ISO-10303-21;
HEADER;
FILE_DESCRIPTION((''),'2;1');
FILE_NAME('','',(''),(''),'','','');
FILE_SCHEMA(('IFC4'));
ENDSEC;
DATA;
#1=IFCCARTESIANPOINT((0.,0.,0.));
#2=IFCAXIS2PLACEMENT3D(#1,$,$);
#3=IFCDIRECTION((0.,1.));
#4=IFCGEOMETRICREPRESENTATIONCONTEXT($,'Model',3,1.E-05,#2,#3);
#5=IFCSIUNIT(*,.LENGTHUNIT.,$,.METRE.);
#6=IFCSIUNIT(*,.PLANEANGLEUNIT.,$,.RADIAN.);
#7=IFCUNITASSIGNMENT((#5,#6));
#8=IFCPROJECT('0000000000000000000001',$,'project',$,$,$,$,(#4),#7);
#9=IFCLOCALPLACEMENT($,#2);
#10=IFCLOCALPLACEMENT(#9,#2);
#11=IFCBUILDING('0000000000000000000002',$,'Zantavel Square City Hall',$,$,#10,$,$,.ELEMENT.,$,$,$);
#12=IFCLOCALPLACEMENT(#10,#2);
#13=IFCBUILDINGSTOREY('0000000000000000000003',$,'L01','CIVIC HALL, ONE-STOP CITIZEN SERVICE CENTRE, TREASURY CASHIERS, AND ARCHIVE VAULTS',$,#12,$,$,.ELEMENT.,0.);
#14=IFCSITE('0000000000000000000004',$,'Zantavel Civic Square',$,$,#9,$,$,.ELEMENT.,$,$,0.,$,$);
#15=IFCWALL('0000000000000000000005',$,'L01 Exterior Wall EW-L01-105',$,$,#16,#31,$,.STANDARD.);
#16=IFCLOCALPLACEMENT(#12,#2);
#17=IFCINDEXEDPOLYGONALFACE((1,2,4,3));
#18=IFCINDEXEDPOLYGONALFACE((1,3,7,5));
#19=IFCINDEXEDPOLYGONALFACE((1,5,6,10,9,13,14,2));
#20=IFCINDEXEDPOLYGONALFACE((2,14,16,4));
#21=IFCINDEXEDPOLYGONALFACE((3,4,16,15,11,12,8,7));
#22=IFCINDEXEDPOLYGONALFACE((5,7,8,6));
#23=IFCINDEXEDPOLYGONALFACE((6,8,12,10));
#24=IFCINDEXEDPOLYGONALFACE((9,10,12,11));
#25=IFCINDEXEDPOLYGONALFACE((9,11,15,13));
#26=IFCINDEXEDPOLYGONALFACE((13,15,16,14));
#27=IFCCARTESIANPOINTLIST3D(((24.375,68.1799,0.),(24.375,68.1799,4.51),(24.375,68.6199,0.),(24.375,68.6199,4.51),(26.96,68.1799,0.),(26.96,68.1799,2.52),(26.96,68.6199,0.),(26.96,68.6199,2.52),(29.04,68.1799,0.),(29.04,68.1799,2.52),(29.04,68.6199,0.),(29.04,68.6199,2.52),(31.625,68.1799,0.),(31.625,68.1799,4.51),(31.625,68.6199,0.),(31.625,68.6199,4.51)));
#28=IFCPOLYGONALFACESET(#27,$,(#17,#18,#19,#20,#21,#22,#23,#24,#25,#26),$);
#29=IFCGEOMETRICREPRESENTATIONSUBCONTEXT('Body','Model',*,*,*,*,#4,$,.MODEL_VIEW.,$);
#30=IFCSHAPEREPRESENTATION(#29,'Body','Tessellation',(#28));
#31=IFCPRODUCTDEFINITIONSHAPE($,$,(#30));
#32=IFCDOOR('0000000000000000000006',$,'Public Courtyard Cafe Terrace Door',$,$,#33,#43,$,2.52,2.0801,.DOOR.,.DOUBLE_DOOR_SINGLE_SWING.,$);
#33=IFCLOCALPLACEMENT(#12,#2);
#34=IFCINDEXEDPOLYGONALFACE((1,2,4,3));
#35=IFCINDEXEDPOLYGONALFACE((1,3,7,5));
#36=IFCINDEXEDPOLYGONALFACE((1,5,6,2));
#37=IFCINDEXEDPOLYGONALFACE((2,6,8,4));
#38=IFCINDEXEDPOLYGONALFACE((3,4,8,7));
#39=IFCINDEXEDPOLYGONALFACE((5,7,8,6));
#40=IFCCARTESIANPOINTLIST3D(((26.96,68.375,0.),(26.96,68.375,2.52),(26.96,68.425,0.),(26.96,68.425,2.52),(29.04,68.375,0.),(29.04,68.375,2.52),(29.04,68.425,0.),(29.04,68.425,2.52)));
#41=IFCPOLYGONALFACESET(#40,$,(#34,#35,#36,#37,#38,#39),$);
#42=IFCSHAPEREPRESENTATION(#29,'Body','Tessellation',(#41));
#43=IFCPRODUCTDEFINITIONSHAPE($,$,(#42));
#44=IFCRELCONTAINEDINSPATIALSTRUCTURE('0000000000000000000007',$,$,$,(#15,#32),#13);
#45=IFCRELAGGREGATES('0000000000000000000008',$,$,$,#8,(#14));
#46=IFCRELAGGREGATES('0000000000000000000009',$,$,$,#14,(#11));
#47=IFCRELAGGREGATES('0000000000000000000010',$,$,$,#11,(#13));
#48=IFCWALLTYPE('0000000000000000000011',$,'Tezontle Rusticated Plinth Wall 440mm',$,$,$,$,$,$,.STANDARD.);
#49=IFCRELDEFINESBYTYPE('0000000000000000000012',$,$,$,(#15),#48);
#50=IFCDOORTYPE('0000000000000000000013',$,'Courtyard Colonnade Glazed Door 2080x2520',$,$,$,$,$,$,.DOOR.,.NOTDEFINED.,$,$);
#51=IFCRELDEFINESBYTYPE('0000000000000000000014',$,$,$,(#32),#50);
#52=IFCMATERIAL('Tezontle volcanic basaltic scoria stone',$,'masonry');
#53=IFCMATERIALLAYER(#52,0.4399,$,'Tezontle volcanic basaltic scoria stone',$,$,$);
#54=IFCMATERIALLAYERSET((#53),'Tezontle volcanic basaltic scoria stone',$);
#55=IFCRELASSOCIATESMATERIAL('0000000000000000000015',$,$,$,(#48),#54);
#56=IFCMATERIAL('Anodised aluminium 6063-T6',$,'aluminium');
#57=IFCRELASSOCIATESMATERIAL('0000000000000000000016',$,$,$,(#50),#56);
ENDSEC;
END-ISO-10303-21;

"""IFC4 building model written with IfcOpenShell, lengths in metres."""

from ifc_helpers import new_model, si_unit, direction, frame, frame_2d, origin, place, context, subcontext, project, spatial, rectangle, extrude, material, layer, layer_set, type_object, element, fill, save


model = new_model("IFC4")

# Units and contexts
model_context = context("Model", 3, precision=1e-05, world=origin(), true_north=direction((0.0, 1.0)))
body_context = subcontext(model_context, "Body", "Model", "MODEL_VIEW")
ifc_project = project(units=[si_unit("LENGTHUNIT", "METRE"), si_unit("PLANEANGLEUNIT", "RADIAN")], contexts=[model_context])

# Site, building, storey
site_placement = place(None, origin())
site = spatial("IfcSite", under=ifc_project, at=site_placement, Name="Zantavel Civic Square", CompositionType="ELEMENT", RefElevation=0.0)
building_placement = place(site_placement, origin())
building = spatial("IfcBuilding", under=site, at=building_placement, Name="Zantavel Square City Hall", CompositionType="ELEMENT")
storey_placement = place(building_placement, origin())
storey = spatial("IfcBuildingStorey", under=building, at=storey_placement, Name="L01", Description="CIVIC HALL, ONE-STOP CITIZEN SERVICE CENTRE, TREASURY CASHIERS, AND ARCHIVE VAULTS", CompositionType="ELEMENT", Elevation=0.0)

# Shared definitions
ifc_material_1 = material(Name="Anodised aluminium 6063-T6", Category="aluminium")

# Wall, opening, door
ifc_material_2 = material(Name="Tezontle volcanic basaltic scoria stone", Category="masonry")
ifc_layer_1 = layer(ifc_material_2, 0.4399, Name="Tezontle volcanic basaltic scoria stone")
ifc_layer_set_1 = layer_set([ifc_layer_1], Name="Tezontle volcanic basaltic scoria stone")
wall_type = type_object("IfcWallType", Name="Tezontle Rusticated Plinth Wall 440mm", PredefinedType="STANDARD", material=ifc_layer_set_1)
wall_placement = place(storey_placement, frame((31.625, 68.3999, 0.0), z_axis=(0.0, 0.0, 1.0), x_axis=(-1.0, 0.0, 0.0)))
wall = element("IfcWall", 1, at=wall_placement, inside=storey, type_object=wall_type, Name="L01 Exterior Wall EW-L01-105", PredefinedType="STANDARD", context=body_context, shape_type="SweptSolid", body=[
    extrude(rectangle(XDim=7.25, YDim=0.4399, at=frame_2d((3.625, 0.0))), origin(), (0.0, 0.0, 1.0), 4.51),
])
opening_placement = place(wall_placement, frame((2.585, 0.0, 0.0)))
opening = element("IfcOpeningElement", 2, at=opening_placement, cuts=wall, PredefinedType="OPENING", context=body_context, shape_type="SweptSolid", body=[
    extrude(rectangle(XDim=2.0801, YDim=2.52, at=frame_2d((1.04, 1.26))), frame((0.0, 0.23, 0.0), z_axis=(0.0, -1.0, 0.0), x_axis=(1.0, 0.0, 0.0)), (0.0, 0.0, 1.0), 0.46),
])
door_type = type_object("IfcDoorType", Name="Courtyard Colonnade Glazed Door 2080x2520", OperationType="NOTDEFINED", PredefinedType="DOOR", material=ifc_material_1)
door_placement = place(opening_placement, origin())
door = element("IfcDoor", 3, at=door_placement, inside=storey, type_object=door_type, Name="Public Courtyard Cafe Terrace Door", OperationType="DOUBLE_DOOR_SINGLE_SWING", OverallHeight=2.52, OverallWidth=2.0801, PredefinedType="DOOR", context=body_context, shape_type="SweptSolid", body=[
    extrude(rectangle(XDim=2.0801, YDim=2.52, at=frame_2d((1.04, 1.26))), frame((0.0, 0.0249, 0.0), z_axis=(0.0, -1.0, 0.0), x_axis=(1.0, 0.0, 0.0)), (0.0, 0.0, 1.0), 0.05),
])
fill(opening, door)

save(model, "model.ifc")
